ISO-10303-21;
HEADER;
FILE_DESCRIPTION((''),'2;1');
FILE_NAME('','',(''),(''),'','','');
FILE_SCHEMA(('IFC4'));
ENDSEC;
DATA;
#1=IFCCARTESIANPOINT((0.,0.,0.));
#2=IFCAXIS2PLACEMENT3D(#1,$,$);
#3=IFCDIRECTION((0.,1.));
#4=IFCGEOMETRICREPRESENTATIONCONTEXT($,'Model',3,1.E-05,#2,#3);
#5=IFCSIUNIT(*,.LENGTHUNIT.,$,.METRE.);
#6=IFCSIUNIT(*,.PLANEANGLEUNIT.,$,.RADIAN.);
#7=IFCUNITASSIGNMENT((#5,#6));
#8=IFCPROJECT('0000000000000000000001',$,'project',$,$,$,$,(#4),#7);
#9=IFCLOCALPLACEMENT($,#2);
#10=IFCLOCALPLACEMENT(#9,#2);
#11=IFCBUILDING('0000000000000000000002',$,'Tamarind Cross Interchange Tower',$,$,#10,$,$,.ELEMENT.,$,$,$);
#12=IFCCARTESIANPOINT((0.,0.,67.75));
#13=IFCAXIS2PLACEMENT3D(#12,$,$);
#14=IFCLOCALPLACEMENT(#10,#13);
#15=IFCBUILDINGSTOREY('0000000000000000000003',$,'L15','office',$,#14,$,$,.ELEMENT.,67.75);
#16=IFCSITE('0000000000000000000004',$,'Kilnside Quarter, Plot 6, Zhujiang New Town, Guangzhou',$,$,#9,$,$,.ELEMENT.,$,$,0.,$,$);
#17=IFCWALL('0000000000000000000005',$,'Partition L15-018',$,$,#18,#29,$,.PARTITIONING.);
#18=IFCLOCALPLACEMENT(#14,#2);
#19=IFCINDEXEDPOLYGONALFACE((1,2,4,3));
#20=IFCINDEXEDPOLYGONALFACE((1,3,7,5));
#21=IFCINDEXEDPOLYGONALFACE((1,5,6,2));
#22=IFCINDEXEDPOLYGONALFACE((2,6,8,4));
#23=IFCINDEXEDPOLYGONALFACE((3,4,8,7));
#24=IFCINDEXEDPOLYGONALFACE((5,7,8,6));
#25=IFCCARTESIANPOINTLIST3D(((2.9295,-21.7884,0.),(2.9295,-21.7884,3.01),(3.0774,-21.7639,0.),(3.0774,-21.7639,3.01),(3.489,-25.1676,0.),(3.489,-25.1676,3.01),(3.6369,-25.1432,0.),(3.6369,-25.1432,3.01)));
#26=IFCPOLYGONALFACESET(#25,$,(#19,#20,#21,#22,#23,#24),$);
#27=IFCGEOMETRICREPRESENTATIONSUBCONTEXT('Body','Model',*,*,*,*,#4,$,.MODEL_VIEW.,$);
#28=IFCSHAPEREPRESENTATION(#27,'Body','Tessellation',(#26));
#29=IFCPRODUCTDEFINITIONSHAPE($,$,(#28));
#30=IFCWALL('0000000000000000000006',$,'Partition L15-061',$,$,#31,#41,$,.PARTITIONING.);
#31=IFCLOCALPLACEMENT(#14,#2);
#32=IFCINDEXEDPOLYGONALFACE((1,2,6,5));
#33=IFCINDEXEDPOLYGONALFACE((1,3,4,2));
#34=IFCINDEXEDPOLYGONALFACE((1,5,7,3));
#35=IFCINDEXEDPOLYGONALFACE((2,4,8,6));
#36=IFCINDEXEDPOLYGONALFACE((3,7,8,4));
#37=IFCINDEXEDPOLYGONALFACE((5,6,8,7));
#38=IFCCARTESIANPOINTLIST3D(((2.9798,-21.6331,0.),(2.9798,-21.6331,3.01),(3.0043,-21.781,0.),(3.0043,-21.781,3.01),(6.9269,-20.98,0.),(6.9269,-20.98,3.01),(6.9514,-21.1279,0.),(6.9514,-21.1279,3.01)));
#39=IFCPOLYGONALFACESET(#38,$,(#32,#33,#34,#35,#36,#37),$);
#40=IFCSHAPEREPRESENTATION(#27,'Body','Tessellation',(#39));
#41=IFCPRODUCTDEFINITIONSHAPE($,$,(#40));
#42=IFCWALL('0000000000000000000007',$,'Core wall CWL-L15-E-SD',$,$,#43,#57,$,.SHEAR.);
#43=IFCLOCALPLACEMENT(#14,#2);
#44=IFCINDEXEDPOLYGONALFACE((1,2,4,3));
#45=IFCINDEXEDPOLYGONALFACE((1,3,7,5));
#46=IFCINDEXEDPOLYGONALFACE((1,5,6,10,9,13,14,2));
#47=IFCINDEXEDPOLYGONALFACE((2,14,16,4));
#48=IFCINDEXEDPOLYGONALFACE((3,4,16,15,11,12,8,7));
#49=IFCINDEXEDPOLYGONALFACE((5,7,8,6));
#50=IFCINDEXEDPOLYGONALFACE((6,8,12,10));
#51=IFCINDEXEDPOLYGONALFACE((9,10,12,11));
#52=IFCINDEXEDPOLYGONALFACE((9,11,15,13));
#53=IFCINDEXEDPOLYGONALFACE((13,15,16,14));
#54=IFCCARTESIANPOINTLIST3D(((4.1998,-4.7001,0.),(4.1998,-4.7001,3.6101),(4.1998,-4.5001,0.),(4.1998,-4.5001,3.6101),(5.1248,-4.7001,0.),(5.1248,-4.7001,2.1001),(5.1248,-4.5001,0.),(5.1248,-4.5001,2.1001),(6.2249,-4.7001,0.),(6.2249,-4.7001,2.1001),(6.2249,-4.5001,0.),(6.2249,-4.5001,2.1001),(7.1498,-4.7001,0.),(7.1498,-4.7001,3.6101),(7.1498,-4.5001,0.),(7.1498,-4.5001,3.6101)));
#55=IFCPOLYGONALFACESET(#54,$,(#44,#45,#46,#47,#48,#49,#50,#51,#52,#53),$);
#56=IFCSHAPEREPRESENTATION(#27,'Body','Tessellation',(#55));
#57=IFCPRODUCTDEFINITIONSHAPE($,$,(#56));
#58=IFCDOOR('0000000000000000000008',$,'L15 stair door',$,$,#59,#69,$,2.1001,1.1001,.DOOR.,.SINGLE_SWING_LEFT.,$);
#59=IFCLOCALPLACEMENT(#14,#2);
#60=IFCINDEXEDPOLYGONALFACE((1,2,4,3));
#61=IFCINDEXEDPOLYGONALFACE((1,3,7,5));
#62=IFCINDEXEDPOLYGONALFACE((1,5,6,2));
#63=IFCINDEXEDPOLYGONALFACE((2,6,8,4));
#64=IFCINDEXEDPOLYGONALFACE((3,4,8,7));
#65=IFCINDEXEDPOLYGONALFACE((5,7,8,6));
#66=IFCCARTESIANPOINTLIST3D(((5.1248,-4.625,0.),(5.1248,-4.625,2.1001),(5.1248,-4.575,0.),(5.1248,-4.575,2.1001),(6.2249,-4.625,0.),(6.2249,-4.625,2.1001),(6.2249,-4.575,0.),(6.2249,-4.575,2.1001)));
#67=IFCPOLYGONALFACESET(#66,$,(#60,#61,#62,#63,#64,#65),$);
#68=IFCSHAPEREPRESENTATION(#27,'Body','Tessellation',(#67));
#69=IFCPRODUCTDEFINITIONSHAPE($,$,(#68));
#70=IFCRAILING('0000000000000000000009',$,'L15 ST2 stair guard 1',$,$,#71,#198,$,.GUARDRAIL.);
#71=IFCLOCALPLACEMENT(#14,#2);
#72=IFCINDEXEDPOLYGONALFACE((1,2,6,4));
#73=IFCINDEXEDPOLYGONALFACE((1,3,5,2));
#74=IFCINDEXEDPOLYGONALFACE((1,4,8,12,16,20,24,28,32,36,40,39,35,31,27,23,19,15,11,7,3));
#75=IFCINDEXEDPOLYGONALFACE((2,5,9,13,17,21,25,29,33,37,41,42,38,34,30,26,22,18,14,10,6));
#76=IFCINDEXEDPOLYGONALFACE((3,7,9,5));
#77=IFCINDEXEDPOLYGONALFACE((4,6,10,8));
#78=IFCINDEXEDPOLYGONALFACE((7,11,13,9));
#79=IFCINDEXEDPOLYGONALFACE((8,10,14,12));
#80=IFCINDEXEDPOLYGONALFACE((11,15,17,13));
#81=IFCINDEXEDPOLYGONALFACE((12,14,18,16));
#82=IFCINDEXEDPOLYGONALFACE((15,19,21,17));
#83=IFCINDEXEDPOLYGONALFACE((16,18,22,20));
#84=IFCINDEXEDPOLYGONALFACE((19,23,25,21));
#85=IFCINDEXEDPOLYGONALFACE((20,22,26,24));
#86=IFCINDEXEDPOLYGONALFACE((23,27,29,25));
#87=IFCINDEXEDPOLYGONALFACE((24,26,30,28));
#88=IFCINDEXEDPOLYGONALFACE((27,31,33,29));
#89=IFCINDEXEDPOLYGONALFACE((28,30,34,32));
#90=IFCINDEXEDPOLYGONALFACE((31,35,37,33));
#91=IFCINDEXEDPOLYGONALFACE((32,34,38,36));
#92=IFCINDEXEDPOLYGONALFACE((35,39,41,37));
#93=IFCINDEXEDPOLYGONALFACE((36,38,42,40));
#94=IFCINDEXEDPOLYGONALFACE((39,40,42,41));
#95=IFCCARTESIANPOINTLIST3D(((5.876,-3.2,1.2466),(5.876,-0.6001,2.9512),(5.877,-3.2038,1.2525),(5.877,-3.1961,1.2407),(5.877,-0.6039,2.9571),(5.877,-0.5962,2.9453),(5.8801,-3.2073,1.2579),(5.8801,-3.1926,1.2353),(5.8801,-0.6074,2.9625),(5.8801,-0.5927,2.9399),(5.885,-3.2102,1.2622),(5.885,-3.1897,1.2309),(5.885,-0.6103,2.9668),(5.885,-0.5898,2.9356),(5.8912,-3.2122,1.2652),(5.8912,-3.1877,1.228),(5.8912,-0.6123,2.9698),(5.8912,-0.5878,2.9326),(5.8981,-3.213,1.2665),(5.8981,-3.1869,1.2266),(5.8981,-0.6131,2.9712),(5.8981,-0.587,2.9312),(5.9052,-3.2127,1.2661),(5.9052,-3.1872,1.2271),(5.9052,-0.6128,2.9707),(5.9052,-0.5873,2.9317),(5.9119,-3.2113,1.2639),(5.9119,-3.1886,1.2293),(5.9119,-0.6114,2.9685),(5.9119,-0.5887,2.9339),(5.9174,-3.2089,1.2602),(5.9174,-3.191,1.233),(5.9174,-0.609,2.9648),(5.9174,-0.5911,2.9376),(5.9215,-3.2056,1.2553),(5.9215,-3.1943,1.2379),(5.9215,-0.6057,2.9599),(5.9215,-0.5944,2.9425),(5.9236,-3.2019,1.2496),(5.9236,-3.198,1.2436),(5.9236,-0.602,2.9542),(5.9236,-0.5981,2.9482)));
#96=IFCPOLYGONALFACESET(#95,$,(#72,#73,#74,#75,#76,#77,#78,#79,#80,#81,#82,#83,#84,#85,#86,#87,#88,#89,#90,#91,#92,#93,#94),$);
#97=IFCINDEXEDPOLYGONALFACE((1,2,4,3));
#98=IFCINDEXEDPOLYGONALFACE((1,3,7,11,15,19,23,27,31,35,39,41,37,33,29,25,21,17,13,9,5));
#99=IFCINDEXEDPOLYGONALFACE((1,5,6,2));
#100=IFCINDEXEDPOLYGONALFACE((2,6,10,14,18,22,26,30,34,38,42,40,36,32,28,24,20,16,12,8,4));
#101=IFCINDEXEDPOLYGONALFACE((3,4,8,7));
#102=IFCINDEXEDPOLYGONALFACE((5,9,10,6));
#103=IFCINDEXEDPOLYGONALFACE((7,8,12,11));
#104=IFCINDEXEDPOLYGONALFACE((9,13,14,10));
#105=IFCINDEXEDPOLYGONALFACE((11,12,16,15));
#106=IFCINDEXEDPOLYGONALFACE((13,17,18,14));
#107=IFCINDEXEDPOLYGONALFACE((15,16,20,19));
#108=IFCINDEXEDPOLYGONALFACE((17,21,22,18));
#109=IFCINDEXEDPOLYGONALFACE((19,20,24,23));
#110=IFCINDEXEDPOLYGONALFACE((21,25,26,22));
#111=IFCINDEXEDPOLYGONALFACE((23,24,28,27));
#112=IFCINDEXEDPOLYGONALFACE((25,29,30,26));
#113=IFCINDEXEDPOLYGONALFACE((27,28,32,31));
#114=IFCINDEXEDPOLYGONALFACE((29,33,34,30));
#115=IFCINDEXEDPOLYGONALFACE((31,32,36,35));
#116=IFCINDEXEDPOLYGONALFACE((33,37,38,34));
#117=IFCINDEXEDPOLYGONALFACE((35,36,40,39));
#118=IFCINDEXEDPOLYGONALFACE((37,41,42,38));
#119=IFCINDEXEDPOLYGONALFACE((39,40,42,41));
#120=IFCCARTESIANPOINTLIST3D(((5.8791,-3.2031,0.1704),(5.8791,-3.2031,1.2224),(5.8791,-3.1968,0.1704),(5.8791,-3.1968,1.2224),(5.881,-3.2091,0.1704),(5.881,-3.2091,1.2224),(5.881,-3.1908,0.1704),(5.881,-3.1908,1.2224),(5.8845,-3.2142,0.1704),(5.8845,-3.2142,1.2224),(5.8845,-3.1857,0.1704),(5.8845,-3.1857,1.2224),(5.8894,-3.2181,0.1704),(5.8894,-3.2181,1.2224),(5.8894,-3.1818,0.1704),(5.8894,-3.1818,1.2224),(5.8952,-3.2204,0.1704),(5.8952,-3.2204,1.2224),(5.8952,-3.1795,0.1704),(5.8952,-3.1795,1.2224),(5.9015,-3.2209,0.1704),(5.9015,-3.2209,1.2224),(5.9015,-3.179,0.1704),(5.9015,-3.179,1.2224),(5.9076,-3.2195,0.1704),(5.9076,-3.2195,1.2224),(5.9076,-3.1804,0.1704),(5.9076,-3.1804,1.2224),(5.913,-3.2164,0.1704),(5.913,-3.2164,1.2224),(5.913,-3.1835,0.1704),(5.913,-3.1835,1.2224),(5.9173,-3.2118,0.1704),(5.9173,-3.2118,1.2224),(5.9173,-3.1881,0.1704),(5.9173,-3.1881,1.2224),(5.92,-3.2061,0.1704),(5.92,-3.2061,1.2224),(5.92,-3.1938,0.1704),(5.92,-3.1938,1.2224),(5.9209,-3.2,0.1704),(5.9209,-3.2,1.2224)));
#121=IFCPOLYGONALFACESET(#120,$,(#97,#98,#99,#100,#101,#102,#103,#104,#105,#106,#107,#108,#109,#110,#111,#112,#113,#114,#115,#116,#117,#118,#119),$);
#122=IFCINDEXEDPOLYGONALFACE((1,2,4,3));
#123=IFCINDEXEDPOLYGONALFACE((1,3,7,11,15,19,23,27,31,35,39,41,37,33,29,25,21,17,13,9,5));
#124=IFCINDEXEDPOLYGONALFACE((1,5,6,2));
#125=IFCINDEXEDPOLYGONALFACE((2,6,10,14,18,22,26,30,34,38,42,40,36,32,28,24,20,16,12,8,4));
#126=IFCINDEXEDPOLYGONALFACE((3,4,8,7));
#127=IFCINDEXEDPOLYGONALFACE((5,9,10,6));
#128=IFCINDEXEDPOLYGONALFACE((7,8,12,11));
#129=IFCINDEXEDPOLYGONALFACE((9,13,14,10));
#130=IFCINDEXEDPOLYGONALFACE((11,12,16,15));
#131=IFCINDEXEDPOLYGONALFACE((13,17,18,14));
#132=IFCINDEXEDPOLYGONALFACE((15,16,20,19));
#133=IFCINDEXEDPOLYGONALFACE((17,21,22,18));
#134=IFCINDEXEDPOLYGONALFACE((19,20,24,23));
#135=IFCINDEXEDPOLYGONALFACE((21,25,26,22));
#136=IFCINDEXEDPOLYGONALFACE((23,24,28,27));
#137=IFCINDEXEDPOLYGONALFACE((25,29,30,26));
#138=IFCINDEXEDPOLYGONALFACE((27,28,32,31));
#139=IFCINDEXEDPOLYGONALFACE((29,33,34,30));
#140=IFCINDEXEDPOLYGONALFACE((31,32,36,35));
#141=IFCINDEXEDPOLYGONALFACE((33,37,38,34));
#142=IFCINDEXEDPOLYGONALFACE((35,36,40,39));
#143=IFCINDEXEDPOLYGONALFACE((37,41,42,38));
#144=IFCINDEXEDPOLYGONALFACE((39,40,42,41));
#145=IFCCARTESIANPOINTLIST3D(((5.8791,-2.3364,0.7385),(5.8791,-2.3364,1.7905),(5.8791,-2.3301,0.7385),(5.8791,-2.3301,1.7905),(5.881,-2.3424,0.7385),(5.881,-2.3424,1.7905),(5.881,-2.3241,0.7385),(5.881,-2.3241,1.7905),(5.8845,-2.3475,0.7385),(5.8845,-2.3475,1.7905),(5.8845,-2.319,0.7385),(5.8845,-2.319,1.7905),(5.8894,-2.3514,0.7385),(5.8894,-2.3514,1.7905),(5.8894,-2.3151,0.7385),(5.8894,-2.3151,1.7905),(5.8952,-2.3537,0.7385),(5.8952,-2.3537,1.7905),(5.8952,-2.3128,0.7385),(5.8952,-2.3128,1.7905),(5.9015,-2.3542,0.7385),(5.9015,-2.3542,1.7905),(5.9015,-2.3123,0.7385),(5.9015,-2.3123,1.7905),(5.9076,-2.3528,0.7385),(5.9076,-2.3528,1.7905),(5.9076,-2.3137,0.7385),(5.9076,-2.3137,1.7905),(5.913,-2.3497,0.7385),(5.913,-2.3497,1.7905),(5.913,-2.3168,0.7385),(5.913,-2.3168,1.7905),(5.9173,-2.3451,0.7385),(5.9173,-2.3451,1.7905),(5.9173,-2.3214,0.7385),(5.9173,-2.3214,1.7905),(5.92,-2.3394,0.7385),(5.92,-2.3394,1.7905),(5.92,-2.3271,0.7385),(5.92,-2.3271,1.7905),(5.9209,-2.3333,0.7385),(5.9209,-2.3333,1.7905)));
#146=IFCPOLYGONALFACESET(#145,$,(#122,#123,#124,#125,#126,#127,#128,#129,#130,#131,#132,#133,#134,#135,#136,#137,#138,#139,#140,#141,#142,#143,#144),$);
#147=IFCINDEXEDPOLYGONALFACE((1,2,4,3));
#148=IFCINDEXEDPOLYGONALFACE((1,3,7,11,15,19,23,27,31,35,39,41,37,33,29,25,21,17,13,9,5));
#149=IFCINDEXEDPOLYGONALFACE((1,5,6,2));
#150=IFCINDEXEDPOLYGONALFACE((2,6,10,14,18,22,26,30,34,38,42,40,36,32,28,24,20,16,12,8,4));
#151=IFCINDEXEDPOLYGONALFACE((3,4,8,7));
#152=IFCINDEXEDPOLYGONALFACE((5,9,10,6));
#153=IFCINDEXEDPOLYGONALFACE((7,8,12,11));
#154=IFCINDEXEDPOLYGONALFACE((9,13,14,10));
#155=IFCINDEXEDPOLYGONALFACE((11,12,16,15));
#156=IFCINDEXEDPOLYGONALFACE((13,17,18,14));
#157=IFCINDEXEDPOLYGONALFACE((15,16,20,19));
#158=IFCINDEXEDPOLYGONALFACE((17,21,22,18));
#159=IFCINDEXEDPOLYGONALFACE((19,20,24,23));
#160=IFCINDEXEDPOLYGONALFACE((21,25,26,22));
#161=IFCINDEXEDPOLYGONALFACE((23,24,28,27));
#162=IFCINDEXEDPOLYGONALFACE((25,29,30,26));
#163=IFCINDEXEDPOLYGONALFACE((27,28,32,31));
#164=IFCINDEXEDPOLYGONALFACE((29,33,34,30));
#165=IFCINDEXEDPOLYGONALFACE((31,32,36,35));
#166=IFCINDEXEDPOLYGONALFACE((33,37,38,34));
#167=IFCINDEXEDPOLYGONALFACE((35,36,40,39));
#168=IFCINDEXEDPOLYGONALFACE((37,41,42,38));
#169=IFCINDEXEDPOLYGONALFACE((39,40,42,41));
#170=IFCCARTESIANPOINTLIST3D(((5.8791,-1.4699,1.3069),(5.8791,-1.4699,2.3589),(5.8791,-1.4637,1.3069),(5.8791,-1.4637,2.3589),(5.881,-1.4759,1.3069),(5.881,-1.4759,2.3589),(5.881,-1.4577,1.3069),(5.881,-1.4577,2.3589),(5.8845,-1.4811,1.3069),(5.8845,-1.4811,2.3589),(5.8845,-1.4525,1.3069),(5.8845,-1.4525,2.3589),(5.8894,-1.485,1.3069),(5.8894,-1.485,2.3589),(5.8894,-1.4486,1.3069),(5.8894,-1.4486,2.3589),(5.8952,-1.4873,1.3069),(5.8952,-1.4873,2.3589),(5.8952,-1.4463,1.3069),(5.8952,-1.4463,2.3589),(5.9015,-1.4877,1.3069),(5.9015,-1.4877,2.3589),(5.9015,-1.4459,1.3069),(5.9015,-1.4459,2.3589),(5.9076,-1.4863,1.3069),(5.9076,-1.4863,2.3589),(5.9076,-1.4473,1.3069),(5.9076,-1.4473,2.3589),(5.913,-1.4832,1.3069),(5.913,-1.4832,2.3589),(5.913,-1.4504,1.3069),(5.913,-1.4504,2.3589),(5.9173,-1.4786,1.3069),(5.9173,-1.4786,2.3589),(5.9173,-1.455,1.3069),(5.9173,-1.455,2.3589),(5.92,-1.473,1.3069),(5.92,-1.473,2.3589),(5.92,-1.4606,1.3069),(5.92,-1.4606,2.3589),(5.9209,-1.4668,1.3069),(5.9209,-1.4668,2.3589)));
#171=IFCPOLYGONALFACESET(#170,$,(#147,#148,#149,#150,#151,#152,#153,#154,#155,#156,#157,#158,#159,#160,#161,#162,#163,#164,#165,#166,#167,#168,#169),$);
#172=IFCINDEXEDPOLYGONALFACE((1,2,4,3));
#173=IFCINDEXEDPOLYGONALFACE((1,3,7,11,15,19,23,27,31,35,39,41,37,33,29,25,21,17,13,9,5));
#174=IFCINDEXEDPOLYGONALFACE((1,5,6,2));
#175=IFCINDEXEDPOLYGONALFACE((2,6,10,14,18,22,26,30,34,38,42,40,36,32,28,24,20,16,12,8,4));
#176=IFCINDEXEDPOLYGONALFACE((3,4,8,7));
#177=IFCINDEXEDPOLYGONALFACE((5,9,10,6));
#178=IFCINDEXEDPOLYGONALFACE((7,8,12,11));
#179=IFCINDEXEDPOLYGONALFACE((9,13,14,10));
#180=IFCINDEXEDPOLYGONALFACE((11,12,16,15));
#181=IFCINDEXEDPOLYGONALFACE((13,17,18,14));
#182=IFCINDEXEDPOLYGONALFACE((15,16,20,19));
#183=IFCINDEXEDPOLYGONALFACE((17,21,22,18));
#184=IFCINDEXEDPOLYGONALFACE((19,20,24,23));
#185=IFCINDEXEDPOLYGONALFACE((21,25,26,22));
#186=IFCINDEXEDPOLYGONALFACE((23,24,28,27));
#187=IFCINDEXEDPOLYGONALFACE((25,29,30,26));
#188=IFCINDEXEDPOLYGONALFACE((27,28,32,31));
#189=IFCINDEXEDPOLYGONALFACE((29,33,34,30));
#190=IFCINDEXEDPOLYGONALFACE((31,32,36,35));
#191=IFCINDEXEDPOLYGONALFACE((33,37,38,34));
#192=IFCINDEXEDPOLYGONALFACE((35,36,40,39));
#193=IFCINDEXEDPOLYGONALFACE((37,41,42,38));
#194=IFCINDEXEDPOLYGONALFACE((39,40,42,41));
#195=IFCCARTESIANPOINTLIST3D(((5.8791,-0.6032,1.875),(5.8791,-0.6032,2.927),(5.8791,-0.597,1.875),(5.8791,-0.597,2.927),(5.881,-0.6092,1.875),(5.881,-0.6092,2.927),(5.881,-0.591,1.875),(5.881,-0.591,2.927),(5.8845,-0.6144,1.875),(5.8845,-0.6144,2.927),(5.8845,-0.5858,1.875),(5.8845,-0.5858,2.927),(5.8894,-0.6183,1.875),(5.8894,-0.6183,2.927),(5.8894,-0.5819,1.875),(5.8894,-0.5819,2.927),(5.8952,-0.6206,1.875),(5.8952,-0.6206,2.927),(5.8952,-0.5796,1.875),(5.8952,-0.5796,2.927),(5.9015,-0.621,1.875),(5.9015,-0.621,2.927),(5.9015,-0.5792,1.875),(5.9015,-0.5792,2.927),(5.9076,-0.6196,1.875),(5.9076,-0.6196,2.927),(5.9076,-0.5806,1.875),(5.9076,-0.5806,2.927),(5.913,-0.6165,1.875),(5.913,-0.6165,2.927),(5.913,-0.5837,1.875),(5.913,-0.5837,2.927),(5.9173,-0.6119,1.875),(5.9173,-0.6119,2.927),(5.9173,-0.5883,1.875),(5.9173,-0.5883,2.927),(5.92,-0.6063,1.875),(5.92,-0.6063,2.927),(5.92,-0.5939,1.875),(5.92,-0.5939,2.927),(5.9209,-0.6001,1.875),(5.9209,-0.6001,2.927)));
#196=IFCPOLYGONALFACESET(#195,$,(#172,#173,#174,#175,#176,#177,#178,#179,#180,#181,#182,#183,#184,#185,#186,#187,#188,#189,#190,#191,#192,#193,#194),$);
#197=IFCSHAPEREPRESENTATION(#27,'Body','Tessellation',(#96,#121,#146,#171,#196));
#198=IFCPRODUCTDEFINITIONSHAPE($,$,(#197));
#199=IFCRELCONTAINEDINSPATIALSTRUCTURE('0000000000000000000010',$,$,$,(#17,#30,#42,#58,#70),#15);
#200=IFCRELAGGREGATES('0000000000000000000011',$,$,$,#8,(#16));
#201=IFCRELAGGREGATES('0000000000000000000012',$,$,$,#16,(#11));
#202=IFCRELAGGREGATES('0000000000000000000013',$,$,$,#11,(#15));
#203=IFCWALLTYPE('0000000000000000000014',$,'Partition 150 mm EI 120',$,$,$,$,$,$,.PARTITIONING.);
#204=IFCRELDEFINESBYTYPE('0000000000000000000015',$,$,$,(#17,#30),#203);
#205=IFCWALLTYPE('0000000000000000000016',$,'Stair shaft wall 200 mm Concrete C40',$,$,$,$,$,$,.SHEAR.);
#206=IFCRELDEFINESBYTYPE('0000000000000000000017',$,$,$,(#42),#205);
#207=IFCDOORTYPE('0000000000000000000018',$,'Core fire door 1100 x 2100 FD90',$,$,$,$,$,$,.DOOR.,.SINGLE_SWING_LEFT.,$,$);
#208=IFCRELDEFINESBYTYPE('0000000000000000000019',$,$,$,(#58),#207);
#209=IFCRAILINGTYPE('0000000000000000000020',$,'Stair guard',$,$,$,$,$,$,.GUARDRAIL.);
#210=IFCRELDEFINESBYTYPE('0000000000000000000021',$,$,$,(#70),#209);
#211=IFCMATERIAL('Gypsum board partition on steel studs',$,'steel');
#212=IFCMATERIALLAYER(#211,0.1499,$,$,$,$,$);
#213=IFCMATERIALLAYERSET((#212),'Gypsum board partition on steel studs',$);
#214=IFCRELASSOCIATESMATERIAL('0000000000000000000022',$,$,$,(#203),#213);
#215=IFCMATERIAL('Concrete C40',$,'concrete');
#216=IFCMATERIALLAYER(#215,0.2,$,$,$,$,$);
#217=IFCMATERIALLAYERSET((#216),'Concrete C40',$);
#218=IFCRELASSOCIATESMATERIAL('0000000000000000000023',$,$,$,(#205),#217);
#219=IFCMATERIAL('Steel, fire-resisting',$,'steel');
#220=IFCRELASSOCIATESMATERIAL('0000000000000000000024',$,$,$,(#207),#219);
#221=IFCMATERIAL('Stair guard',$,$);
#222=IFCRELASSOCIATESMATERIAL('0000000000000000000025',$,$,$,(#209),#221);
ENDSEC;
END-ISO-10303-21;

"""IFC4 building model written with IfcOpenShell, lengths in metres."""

from ifc_helpers import new_model, si_unit, direction, frame, frame_2d, origin, origin_2d, place, context, subcontext, project, spatial, rectangle, circle, extrude, material, layer, layer_set, type_object, element, fill, save


model = new_model("IFC4")

# Units and contexts
model_context = context("Model", 3, precision=1e-05, world=origin(), true_north=direction((0.0, 1.0)))
body_context = subcontext(model_context, "Body", "Model", "MODEL_VIEW")
ifc_project = project(units=[si_unit("LENGTHUNIT", "METRE"), si_unit("PLANEANGLEUNIT", "RADIAN")], contexts=[model_context])

# Site, building, storey
site_placement = place(None, origin())
site = spatial("IfcSite", under=ifc_project, at=site_placement, Name="Kilnside Quarter, Plot 6, Zhujiang New Town, Guangzhou", CompositionType="ELEMENT", RefElevation=0.0)
building_placement = place(site_placement, origin())
building = spatial("IfcBuilding", under=site, at=building_placement, Name="Tamarind Cross Interchange Tower", CompositionType="ELEMENT")
storey_placement = place(building_placement, frame((0.0, 0.0, 67.75)))
storey = spatial("IfcBuildingStorey", under=building, at=storey_placement, Name="L15", Description="office", CompositionType="ELEMENT", Elevation=67.75)

# Shared definitions
ifc_material_1 = material(Name="Steel, fire-resisting", Category="steel")

# Shared definitions
ifc_material_2 = material(Name="Gypsum board partition on steel studs", Category="steel")

# Shared definitions
ifc_layer_1 = layer(ifc_material_2, 0.1499)
ifc_layer_set_1 = layer_set([ifc_layer_1], Name="Gypsum board partition on steel studs")
wall_type_1 = type_object("IfcWallType", Name="Partition 150 mm EI 120", PredefinedType="PARTITIONING", material=ifc_layer_set_1)

# Walls
wall_1_placement = place(storey_placement, frame((3.0034, -21.7761, 0.0), z_axis=(0.0, 0.0, 1.0), x_axis=(0.163359, -0.986567, 0.0)))
element("IfcWall", 1, at=wall_1_placement, inside=storey, type_object=wall_type_1, Name="Partition L15-018", PredefinedType="PARTITIONING", context=body_context, shape_type="SweptSolid", body=[
    extrude(rectangle(XDim=3.4253, YDim=0.1499, at=frame_2d((1.7126, 0.0))), origin(), (0.0, 0.0, 1.0), 3.01),
])
wall_2_placement = place(storey_placement, frame((2.9919, -21.707, 0.0), z_axis=(0.0, 0.0, 1.0), x_axis=(0.986586, 0.163241, 0.0)))
element("IfcWall", 2, at=wall_2_placement, inside=storey, type_object=wall_type_1, Name="Partition L15-061", PredefinedType="PARTITIONING", context=body_context, shape_type="SweptSolid", body=[
    extrude(rectangle(XDim=4.0007, YDim=0.1499, at=frame_2d((2.0005, 0.0))), origin(), (0.0, 0.0, 1.0), 3.01),
])

# Wall, opening, door
ifc_material_3 = material(Name="Concrete C40", Category="concrete")
ifc_layer_2 = layer(ifc_material_3, 0.2)
ifc_layer_set_2 = layer_set([ifc_layer_2], Name="Concrete C40")
wall_type_2 = type_object("IfcWallType", Name="Stair shaft wall 200 mm Concrete C40", PredefinedType="SHEAR", material=ifc_layer_set_2)
wall_3_placement = place(storey_placement, frame((7.1499, -4.6001, 0.0), z_axis=(0.0, 0.0, 1.0), x_axis=(-1.0, 0.0, 0.0)))
wall_3 = element("IfcWall", 3, at=wall_3_placement, inside=storey, type_object=wall_type_2, Name="Core wall CWL-L15-E-SD", PredefinedType="SHEAR", context=body_context, shape_type="SweptSolid", body=[
    extrude(rectangle(XDim=2.95, YDim=0.2, at=frame_2d((1.4751, 0.0))), origin(), (0.0, 0.0, 1.0), 3.6101),
])
opening_1_placement = place(wall_3_placement, frame((0.925, 0.0, 0.0)))
opening_1 = element("IfcOpeningElement", 4, at=opening_1_placement, cuts=wall_3, PredefinedType="OPENING", context=body_context, shape_type="SweptSolid", body=[
    extrude(rectangle(XDim=1.1001, YDim=2.1001, at=frame_2d((0.55, 1.05))), frame((0.0, 0.1099, 0.0), z_axis=(0.0, -1.0, 0.0), x_axis=(1.0, 0.0, 0.0)), (0.0, 0.0, 1.0), 0.22),
])
door_type_1 = type_object("IfcDoorType", Name="Core fire door 1100 x 2100 FD90", OperationType="SINGLE_SWING_LEFT", PredefinedType="DOOR", material=ifc_material_1)
door_1_placement = place(opening_1_placement, origin())
door_1 = element("IfcDoor", 5, at=door_1_placement, inside=storey, type_object=door_type_1, Name="L15 stair door", OperationType="SINGLE_SWING_LEFT", OverallHeight=2.1001, OverallWidth=1.1001, PredefinedType="DOOR", context=body_context, shape_type="SweptSolid", body=[
    extrude(rectangle(XDim=1.1001, YDim=2.1001, at=frame_2d((0.55, 1.05))), frame((0.0, 0.0249, 0.0), z_axis=(0.0, -1.0, 0.0), x_axis=(1.0, 0.0, 0.0)), (0.0, 0.0, 1.0), 0.05),
])
fill(opening_1, door_1)

# Railing
ifc_material_4 = material(Name="Stair guard")
railing_type = type_object("IfcRailingType", Name="Stair guard", PredefinedType="GUARDRAIL", material=ifc_material_4)
railing_1_placement = place(storey_placement, frame((5.8999, -3.2, 0.1704)))
element("IfcRailing", 6, at=railing_1_placement, inside=storey, type_object=railing_type, Name="L15 ST2 stair guard 1", PredefinedType="GUARDRAIL", context=body_context, shape_type="SweptSolid", body=[
    extrude(circle(Radius=0.0239, at=origin_2d()), frame((0.0, 0.0, 1.0762), z_axis=(0.0, 0.836279, 0.548305), x_axis=(-1.0, 0.0, 0.0)), (0.0, 0.0, 1.0), 3.1089),
    extrude(circle(Radius=0.021, at=origin_2d()), origin(), (0.0, 0.0, 1.0), 1.052),
    extrude(circle(Radius=0.021, at=origin_2d()), frame((0.0, 0.8667, 0.5681)), (0.0, 0.0, 1.0), 1.052),
    extrude(circle(Radius=0.021, at=origin_2d()), frame((0.0, 1.7332, 1.1365)), (0.0, 0.0, 1.0), 1.052),
    extrude(circle(Radius=0.021, at=origin_2d()), frame((0.0, 2.5999, 1.7046)), (0.0, 0.0, 1.0), 1.052),
])

save(model, "model.ifc")
